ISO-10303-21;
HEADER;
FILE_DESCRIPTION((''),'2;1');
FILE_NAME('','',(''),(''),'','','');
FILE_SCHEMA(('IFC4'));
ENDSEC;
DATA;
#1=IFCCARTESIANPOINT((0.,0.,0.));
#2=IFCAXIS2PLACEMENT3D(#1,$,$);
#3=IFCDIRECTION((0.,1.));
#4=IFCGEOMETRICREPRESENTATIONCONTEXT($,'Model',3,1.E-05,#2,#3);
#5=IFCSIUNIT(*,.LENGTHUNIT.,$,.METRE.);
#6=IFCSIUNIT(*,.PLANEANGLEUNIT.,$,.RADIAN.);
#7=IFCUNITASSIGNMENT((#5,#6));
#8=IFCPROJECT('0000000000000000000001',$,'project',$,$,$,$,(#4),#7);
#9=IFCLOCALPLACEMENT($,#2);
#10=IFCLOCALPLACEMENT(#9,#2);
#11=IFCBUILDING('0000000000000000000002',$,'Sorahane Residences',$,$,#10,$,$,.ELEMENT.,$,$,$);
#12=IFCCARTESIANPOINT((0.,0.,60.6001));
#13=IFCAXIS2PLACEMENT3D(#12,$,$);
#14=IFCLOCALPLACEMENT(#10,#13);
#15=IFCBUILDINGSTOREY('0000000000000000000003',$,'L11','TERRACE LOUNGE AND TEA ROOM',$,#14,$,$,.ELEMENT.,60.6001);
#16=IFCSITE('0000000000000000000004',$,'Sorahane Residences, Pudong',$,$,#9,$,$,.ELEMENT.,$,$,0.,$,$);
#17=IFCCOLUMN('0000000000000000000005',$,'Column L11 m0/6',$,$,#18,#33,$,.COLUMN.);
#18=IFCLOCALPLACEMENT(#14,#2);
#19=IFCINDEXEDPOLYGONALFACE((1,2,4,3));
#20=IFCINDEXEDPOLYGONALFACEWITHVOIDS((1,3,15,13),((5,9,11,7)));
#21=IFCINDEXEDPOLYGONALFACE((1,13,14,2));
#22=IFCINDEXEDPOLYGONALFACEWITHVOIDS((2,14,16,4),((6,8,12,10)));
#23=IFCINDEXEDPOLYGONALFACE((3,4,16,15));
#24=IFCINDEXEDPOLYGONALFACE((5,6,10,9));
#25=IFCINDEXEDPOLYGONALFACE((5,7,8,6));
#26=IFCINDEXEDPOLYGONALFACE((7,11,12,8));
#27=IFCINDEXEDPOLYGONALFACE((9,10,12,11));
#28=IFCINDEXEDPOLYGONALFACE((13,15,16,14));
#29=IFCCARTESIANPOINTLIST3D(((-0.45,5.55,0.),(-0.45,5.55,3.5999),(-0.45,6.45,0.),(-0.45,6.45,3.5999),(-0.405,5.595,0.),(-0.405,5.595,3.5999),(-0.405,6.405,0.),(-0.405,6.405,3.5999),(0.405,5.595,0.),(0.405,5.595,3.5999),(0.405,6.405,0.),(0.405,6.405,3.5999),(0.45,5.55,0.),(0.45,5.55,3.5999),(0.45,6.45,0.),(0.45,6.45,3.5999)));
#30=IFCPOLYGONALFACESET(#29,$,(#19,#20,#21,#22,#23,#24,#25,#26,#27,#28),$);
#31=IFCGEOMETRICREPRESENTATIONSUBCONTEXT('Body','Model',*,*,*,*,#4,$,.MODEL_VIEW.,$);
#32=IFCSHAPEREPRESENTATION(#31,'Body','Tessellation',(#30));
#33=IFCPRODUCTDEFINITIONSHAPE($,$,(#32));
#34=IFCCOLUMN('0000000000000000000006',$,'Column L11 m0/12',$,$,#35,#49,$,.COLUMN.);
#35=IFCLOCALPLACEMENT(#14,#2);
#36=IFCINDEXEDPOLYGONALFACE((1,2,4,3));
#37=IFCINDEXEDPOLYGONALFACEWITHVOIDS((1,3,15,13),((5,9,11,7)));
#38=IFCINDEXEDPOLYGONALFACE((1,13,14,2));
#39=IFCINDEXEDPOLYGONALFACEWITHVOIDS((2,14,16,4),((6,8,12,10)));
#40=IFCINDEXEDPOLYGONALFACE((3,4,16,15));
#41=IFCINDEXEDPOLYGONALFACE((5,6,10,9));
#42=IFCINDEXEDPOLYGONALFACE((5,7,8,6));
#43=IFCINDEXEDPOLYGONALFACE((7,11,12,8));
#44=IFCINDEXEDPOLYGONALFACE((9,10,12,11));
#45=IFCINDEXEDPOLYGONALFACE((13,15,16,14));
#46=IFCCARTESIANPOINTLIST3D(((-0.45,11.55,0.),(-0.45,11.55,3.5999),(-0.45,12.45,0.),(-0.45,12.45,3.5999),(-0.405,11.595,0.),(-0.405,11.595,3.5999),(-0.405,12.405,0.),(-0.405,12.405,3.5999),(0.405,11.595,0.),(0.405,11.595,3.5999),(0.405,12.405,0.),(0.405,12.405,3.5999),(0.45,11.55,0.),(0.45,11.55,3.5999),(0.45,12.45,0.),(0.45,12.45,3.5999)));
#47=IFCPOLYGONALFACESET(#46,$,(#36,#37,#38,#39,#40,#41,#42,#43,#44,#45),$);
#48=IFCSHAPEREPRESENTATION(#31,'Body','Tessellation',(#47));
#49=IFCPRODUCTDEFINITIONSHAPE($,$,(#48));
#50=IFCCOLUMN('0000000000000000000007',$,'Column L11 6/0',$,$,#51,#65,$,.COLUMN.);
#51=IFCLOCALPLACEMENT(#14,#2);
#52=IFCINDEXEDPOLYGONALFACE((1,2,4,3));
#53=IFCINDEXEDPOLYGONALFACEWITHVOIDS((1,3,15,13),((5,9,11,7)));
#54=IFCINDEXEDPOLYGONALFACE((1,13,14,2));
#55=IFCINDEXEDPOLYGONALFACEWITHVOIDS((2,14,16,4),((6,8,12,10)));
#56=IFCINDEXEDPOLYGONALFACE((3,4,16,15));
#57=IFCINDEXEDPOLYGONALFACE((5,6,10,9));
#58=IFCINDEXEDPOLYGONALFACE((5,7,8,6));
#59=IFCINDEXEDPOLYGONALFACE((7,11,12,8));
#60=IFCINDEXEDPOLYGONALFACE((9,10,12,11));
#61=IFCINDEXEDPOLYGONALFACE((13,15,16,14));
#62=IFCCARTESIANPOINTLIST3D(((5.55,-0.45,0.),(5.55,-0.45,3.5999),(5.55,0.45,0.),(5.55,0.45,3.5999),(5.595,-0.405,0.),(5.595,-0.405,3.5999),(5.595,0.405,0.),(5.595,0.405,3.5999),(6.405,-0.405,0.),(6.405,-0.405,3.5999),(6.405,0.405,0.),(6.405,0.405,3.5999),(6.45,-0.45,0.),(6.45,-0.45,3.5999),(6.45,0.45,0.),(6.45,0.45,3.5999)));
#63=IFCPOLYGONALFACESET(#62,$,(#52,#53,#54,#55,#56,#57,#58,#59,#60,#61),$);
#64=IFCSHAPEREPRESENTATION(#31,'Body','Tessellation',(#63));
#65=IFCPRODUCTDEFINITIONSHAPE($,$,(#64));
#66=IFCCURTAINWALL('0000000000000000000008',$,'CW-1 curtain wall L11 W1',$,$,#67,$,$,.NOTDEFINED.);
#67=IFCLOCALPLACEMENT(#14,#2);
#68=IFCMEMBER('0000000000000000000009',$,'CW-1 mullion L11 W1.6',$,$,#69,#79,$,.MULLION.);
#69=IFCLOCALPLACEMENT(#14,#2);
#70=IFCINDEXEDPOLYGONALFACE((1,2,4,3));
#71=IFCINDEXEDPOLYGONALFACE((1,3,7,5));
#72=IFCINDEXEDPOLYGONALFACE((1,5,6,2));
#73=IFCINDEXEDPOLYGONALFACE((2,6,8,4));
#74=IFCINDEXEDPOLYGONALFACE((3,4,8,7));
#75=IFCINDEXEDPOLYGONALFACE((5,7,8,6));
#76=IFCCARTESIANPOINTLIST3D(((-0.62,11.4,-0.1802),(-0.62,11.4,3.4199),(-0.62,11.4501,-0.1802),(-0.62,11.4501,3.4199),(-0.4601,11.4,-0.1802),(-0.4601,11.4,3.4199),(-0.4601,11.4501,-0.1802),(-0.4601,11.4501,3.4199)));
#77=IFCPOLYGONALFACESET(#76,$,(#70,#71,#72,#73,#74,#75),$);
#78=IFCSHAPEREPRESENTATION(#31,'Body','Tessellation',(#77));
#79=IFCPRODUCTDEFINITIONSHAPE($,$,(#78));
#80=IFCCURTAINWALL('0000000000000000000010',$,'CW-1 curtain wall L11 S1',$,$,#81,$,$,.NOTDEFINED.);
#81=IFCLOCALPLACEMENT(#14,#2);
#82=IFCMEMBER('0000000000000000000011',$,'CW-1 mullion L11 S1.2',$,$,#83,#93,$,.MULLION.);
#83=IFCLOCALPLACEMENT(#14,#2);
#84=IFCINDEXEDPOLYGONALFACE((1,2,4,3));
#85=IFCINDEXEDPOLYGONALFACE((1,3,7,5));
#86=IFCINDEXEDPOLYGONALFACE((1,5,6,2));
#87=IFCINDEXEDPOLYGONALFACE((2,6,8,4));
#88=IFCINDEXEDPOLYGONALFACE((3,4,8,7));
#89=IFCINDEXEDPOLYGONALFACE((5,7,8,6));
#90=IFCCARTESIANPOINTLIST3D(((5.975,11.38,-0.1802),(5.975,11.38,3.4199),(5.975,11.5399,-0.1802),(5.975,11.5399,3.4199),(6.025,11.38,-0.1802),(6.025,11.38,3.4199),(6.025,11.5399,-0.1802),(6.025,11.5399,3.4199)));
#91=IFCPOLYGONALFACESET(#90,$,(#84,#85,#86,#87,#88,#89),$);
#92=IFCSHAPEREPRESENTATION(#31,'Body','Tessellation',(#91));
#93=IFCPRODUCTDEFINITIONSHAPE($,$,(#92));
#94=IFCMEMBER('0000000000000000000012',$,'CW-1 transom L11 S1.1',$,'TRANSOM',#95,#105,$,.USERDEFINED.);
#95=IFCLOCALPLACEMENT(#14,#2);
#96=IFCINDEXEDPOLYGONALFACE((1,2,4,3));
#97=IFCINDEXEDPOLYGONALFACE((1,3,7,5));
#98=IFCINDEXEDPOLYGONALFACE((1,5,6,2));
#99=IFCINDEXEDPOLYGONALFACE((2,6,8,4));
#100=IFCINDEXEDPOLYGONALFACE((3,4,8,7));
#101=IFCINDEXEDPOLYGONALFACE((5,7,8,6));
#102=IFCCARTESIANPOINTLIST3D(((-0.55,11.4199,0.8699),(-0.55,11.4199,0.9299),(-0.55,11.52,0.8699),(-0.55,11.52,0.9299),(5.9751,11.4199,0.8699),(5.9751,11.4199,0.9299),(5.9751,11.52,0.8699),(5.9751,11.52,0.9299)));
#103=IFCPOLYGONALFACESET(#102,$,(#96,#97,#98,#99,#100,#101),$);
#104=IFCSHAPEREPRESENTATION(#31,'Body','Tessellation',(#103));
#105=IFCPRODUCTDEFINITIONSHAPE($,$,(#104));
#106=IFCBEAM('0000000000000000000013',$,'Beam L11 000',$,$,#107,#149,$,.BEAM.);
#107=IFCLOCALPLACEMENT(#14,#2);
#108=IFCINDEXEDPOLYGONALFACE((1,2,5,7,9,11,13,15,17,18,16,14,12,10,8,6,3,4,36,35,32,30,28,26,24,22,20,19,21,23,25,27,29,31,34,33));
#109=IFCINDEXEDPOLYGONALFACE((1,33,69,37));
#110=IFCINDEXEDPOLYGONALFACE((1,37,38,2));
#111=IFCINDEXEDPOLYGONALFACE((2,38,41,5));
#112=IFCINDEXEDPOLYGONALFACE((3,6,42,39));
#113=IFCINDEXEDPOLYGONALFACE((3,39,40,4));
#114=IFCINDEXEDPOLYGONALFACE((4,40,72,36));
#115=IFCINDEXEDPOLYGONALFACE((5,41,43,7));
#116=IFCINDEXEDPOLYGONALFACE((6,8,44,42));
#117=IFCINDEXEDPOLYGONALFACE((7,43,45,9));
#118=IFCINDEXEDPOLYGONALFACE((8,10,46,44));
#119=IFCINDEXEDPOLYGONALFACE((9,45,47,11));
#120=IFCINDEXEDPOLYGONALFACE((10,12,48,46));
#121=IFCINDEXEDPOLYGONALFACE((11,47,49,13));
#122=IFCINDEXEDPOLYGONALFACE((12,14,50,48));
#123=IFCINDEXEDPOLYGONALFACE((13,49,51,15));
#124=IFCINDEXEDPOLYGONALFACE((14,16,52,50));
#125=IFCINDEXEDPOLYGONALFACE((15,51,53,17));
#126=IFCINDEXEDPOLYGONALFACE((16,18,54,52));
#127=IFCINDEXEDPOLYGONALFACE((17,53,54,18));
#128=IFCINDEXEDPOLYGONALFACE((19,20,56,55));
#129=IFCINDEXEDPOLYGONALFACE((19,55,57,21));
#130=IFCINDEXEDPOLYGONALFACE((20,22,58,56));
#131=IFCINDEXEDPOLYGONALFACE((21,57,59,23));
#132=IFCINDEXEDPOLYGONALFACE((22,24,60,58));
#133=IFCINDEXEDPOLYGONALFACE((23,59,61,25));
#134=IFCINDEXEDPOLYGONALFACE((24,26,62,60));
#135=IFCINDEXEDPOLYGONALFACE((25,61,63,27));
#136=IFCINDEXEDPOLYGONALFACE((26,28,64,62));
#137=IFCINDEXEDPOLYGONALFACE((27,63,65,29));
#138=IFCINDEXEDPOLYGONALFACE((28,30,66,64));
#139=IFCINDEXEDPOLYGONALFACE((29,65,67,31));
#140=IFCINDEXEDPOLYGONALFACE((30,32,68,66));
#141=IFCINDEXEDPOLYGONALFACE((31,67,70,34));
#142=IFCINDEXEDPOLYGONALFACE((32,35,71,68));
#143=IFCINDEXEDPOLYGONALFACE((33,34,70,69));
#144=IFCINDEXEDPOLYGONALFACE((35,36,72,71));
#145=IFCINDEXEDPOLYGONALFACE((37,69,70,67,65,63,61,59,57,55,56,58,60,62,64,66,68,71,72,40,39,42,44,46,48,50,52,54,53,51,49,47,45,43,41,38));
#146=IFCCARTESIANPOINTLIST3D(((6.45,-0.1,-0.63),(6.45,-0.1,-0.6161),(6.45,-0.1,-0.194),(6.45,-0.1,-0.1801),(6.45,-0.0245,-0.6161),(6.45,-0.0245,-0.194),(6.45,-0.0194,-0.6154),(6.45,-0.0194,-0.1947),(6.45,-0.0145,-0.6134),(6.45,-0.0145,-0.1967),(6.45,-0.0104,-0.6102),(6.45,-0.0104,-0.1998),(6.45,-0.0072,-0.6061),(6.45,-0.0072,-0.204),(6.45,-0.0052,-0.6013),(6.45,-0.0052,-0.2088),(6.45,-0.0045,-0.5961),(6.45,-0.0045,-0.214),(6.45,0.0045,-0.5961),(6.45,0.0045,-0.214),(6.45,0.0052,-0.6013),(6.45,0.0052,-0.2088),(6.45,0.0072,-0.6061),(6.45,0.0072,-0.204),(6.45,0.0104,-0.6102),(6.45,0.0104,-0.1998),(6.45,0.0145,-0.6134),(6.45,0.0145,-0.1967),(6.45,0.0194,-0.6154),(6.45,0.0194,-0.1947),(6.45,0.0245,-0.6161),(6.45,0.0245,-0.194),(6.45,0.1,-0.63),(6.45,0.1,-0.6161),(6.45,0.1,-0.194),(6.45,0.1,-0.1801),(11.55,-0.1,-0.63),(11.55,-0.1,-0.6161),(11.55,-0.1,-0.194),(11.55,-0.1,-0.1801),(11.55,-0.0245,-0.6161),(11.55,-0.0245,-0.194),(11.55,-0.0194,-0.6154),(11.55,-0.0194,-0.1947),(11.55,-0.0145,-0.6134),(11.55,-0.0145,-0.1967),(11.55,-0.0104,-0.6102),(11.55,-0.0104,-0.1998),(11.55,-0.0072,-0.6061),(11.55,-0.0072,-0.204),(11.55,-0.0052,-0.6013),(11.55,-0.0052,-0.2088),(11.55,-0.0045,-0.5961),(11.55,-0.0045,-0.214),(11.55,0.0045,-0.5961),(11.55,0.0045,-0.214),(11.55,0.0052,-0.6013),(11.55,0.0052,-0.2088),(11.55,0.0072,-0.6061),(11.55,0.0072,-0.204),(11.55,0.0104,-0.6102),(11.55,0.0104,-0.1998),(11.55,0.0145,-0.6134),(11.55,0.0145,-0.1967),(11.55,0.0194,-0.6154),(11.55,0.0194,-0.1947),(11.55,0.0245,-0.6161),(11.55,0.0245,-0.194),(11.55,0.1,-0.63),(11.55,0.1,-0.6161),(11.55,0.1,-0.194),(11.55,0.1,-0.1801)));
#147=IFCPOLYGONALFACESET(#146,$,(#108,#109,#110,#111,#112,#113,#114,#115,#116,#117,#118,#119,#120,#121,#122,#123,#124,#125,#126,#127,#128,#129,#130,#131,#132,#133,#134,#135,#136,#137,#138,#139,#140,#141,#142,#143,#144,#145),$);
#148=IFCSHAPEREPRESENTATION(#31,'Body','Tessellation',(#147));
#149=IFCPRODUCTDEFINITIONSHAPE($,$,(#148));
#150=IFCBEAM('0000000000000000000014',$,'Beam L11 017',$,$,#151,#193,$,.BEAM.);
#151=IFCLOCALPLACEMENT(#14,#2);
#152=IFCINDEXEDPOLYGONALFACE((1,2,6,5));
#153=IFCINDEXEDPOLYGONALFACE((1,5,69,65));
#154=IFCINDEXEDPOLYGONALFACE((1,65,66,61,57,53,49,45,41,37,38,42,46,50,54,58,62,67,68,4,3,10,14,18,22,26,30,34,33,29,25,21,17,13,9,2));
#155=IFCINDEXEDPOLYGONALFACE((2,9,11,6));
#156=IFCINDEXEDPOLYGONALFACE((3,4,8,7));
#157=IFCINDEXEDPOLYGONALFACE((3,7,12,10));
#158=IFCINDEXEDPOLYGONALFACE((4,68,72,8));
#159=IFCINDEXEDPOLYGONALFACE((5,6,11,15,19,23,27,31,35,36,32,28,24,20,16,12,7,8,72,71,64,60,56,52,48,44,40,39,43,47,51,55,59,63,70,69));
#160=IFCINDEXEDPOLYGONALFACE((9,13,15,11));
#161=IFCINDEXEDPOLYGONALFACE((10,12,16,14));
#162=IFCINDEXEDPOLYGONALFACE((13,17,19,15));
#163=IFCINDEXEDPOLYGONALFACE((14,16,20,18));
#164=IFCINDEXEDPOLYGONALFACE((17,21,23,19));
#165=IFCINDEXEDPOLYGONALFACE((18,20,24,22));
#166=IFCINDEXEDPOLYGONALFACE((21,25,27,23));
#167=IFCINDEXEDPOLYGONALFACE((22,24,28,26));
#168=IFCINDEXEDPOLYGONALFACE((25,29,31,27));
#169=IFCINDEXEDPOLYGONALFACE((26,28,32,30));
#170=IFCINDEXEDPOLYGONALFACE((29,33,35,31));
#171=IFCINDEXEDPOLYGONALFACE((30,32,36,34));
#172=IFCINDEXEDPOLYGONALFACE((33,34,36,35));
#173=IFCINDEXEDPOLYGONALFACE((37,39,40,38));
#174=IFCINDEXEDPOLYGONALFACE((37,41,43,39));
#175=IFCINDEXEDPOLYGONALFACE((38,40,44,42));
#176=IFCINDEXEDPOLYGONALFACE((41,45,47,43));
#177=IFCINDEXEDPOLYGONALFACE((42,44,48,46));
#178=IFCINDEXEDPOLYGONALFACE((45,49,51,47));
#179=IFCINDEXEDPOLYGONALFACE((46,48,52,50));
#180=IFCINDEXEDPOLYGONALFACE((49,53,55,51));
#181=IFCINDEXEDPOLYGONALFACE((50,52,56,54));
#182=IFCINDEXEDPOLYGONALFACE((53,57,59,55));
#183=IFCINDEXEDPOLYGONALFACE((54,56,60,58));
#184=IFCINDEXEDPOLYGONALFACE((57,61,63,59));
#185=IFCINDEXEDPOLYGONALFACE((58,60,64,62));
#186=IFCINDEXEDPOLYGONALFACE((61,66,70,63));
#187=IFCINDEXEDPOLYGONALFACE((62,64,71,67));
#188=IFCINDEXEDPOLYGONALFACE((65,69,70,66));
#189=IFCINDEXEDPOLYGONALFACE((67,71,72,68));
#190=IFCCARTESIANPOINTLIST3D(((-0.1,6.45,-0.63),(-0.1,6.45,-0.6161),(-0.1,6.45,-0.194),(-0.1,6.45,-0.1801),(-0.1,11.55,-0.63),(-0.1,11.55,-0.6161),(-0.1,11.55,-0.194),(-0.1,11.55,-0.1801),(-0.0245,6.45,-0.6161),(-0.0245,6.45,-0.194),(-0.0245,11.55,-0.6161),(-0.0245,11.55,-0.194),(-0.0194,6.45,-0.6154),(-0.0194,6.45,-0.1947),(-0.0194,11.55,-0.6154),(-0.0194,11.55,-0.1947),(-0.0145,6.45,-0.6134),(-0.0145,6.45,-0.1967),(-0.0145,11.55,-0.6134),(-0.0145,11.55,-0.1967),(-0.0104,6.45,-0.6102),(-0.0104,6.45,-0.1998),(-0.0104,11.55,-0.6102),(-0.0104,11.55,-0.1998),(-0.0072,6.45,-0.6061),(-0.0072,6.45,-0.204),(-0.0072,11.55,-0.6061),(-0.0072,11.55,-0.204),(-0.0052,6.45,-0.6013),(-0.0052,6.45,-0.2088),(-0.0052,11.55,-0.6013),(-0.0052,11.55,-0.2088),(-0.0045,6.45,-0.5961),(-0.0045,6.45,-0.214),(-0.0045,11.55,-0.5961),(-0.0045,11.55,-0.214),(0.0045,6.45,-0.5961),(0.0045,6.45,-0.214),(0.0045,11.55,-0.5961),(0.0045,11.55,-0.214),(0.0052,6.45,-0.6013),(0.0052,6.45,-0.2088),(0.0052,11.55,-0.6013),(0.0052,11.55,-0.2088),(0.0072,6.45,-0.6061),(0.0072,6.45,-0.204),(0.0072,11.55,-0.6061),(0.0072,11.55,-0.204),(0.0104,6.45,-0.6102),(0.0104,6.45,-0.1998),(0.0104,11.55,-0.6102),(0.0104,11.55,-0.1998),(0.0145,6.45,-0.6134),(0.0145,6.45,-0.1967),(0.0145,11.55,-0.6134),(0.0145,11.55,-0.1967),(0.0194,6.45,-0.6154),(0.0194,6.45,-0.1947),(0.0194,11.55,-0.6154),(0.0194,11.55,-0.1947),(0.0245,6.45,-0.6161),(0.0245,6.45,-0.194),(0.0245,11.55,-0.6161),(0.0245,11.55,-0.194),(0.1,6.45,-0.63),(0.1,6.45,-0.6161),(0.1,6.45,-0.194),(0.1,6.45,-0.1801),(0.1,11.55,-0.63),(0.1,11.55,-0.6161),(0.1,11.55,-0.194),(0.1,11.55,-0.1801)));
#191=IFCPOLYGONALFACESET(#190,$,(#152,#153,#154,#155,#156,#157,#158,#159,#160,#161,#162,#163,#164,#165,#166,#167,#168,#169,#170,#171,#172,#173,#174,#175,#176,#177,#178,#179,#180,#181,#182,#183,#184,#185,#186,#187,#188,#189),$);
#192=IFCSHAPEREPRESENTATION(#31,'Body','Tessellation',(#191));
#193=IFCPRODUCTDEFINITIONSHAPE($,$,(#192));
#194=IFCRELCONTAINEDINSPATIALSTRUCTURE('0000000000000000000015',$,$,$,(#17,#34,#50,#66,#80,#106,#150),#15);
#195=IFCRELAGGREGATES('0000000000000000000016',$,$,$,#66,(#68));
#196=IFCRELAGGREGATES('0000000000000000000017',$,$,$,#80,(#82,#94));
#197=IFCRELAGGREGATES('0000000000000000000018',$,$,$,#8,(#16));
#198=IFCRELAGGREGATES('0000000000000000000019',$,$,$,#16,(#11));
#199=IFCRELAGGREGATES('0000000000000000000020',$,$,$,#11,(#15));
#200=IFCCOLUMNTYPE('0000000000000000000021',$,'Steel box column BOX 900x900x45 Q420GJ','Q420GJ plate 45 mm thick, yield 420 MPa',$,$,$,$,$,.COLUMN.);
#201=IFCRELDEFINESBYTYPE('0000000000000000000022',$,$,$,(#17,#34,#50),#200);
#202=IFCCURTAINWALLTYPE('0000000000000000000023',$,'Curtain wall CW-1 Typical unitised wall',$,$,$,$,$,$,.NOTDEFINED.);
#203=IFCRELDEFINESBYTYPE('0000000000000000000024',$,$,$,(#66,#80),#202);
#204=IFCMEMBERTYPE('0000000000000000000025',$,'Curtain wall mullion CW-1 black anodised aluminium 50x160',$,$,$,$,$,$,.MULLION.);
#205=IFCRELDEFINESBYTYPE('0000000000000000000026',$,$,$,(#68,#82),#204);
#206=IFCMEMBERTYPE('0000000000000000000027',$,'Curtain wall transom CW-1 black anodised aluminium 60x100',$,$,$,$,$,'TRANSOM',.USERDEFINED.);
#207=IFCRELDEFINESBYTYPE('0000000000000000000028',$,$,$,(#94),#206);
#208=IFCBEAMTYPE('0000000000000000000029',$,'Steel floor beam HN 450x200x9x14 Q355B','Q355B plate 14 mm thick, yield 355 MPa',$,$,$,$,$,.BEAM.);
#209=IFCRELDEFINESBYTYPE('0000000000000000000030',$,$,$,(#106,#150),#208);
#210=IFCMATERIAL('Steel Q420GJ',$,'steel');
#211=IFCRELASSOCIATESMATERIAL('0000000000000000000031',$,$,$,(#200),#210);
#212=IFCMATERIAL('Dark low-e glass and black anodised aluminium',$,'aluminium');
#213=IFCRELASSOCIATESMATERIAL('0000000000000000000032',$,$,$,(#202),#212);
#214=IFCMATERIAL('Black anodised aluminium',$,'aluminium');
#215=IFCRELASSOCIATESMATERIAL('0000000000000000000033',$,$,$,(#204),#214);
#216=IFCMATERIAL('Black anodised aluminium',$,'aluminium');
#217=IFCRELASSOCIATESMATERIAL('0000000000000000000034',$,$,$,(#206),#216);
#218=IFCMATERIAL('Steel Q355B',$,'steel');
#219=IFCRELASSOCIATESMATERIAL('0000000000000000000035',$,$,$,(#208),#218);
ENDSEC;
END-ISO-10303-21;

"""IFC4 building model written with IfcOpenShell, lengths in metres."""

from ifc_helpers import new_model, si_unit, direction, frame, origin, origin_2d, place, context, subcontext, project, spatial, rectangle, hollow_rectangle, i_section, extrude, material, material_profile, profile_set, type_object, element, aggregate, save


model = new_model("IFC4")

# Units and contexts
model_context = context("Model", 3, precision=1e-05, world=origin(), true_north=direction((0.0, 1.0)))
body_context = subcontext(model_context, "Body", "Model", "MODEL_VIEW")
ifc_project = project(units=[si_unit("LENGTHUNIT", "METRE"), si_unit("PLANEANGLEUNIT", "RADIAN")], contexts=[model_context])

# Site, building, storey
site_placement = place(None, origin())
site = spatial("IfcSite", under=ifc_project, at=site_placement, Name="Sorahane Residences, Pudong", CompositionType="ELEMENT", RefElevation=0.0)
building_placement = place(site_placement, origin())
building = spatial("IfcBuilding", under=site, at=building_placement, Name="Sorahane Residences", CompositionType="ELEMENT")
storey_placement = place(building_placement, frame((0.0, 0.0, 60.6001)))
storey = spatial("IfcBuildingStorey", under=building, at=storey_placement, Name="L11", Description="TERRACE LOUNGE AND TEA ROOM", CompositionType="ELEMENT", Elevation=60.6001)

# Columns
ifc_material_1 = material(Name="Steel Q420GJ", Category="steel")
ifc_material_profile_1 = material_profile(ifc_material_1, hollow_rectangle(XDim=0.8999, YDim=0.8999, WallThickness=0.0449, at=origin_2d()), Name="BOX 900x900x45")
ifc_profile_set_1 = profile_set([ifc_material_profile_1], Name="Steel Q420GJ")
column_type = type_object("IfcColumnType", Name="Steel box column BOX 900x900x45 Q420GJ", Description="Q420GJ plate 45 mm thick, yield 420 MPa", PredefinedType="COLUMN", material=ifc_profile_set_1)
for number, where, z_axis, x_axis, name in (
    (1, (0.0, 6.0, 0.0), (0.0, 0.0, 1.0), (1.0, 0.0, 0.0), "Column L11 m0/6"),
    (2, (0.0, 12.0, 0.0), (0.0, 0.0, 1.0), (1.0, 0.0, 0.0), "Column L11 m0/12"),
    (3, (6.0, 0.0, 0.0), (0.0, 0.0, 1.0), (1.0, 0.0, 0.0), "Column L11 6/0"),
):
    element("IfcColumn", number, at=place(storey_placement, frame(where, z_axis=z_axis, x_axis=x_axis)), inside=storey, type_object=column_type, Name=name, PredefinedType="COLUMN", context=body_context, shape_type="SweptSolid", body=[
        extrude(hollow_rectangle(XDim=0.8999, YDim=0.8999, WallThickness=0.0449, at=origin_2d()), origin(), (0.0, 0.0, 1.0), 3.5999),
    ])

# Curtain wall, member
ifc_material_2 = material(Name="Dark low-e glass and black anodised aluminium", Category="aluminium")
curtain_wall_type = type_object("IfcCurtainWallType", Name="Curtain wall CW-1 Typical unitised wall", PredefinedType="NOTDEFINED", material=ifc_material_2)
curtain_wall_1_placement = place(storey_placement, origin())
curtain_wall_1 = element("IfcCurtainWall", 4, at=curtain_wall_1_placement, inside=storey, type_object=curtain_wall_type, Name="CW-1 curtain wall L11 W1", PredefinedType="NOTDEFINED")
ifc_material_3 = material(Name="Black anodised aluminium", Category="aluminium")
ifc_material_profile_2 = material_profile(ifc_material_3, rectangle(XDim=0.1599, YDim=0.05, at=origin_2d()), Name="Curtain wall mullion CW-1 black anodised aluminium 50x160")
ifc_profile_set_2 = profile_set([ifc_material_profile_2], Name="Black anodised aluminium")
member_type_1 = type_object("IfcMemberType", Name="Curtain wall mullion CW-1 black anodised aluminium 50x160", PredefinedType="MULLION", material=ifc_profile_set_2)
member_1_placement = place(storey_placement, frame((-0.54, 11.425, -0.1802), z_axis=(0.0, 0.0, 1.0), x_axis=(-1.0, 0.0, 0.0)))
member_1 = element("IfcMember", 5, at=member_1_placement, type_object=member_type_1, Name="CW-1 mullion L11 W1.6", PredefinedType="MULLION", context=body_context, shape_type="SweptSolid", body=[
    extrude(rectangle(XDim=0.1599, YDim=0.05, at=origin_2d()), origin(), (0.0, 0.0, 1.0), 3.6001),
])
aggregate(curtain_wall_1, [member_1])

# Curtain wall, members
curtain_wall_2_placement = place(storey_placement, origin())
curtain_wall_2 = element("IfcCurtainWall", 6, at=curtain_wall_2_placement, inside=storey, type_object=curtain_wall_type, Name="CW-1 curtain wall L11 S1", PredefinedType="NOTDEFINED")
member_2_placement = place(storey_placement, frame((6.0, 11.46, -0.1802), z_axis=(0.0, 0.0, 1.0), x_axis=(0.0, -1.0, 0.0)))
member_2 = element("IfcMember", 7, at=member_2_placement, type_object=member_type_1, Name="CW-1 mullion L11 S1.2", PredefinedType="MULLION", context=body_context, shape_type="SweptSolid", body=[
    extrude(rectangle(XDim=0.1599, YDim=0.05, at=origin_2d()), origin(), (0.0, 0.0, 1.0), 3.6001),
])
ifc_material_4 = material(Name="Black anodised aluminium", Category="aluminium")
ifc_material_profile_3 = material_profile(ifc_material_4, rectangle(XDim=0.1001, YDim=0.0601, at=origin_2d()), Name="Curtain wall transom CW-1 black anodised aluminium 60x100")
ifc_profile_set_3 = profile_set([ifc_material_profile_3], Name="Black anodised aluminium")
member_type_2 = type_object("IfcMemberType", Name="Curtain wall transom CW-1 black anodised aluminium 60x100", ElementType="TRANSOM", PredefinedType="USERDEFINED", material=ifc_profile_set_3)
member_3_placement = place(storey_placement, frame((-0.55, 11.47, 0.8999), z_axis=(1.0, 0.0, 0.0), x_axis=(0.0, 1.0, 0.0)))
member_3 = element("IfcMember", 8, at=member_3_placement, type_object=member_type_2, Name="CW-1 transom L11 S1.1", ObjectType="TRANSOM", PredefinedType="USERDEFINED", context=body_context, shape_type="SweptSolid", body=[
    extrude(rectangle(XDim=0.1001, YDim=0.0601, at=origin_2d()), origin(), (0.0, 0.0, 1.0), 6.5251),
])

# Beams
ifc_material_5 = material(Name="Steel Q355B", Category="steel")
ifc_material_profile_4 = material_profile(ifc_material_5, i_section(OverallWidth=0.2, OverallDepth=0.45, WebThickness=0.009, FlangeThickness=0.0139, FilletRadius=0.02, at=origin_2d()), Name="HN 450x200x9x14")
ifc_profile_set_4 = profile_set([ifc_material_profile_4], Name="Steel Q355B")
beam_type_1 = type_object("IfcBeamType", Name="Steel floor beam HN 450x200x9x14 Q355B", Description="Q355B plate 14 mm thick, yield 355 MPa", PredefinedType="BEAM", material=ifc_profile_set_4)
for number, where, z_axis, x_axis, name in (
    (9, (6.45, 0.0, -0.405), (1.0, 0.0, 0.0), (0.0, 1.0, 0.0), "Beam L11 000"),
    (10, (0.0, 6.45, -0.405), (0.0, 1.0, 0.0), (-1.0, 0.0, 0.0), "Beam L11 017"),
):
    element("IfcBeam", number, at=place(storey_placement, frame(where, z_axis=z_axis, x_axis=x_axis)), inside=storey, type_object=beam_type_1, Name=name, PredefinedType="BEAM", context=body_context, shape_type="SweptSolid", body=[
        extrude(i_section(OverallWidth=0.2, OverallDepth=0.45, WebThickness=0.009, FlangeThickness=0.0139, FilletRadius=0.02, at=origin_2d()), origin(), (0.0, 0.0, 1.0), 5.1001),
    ])

aggregate(curtain_wall_2, [member_2, member_3])

save(model, "model.ifc")
